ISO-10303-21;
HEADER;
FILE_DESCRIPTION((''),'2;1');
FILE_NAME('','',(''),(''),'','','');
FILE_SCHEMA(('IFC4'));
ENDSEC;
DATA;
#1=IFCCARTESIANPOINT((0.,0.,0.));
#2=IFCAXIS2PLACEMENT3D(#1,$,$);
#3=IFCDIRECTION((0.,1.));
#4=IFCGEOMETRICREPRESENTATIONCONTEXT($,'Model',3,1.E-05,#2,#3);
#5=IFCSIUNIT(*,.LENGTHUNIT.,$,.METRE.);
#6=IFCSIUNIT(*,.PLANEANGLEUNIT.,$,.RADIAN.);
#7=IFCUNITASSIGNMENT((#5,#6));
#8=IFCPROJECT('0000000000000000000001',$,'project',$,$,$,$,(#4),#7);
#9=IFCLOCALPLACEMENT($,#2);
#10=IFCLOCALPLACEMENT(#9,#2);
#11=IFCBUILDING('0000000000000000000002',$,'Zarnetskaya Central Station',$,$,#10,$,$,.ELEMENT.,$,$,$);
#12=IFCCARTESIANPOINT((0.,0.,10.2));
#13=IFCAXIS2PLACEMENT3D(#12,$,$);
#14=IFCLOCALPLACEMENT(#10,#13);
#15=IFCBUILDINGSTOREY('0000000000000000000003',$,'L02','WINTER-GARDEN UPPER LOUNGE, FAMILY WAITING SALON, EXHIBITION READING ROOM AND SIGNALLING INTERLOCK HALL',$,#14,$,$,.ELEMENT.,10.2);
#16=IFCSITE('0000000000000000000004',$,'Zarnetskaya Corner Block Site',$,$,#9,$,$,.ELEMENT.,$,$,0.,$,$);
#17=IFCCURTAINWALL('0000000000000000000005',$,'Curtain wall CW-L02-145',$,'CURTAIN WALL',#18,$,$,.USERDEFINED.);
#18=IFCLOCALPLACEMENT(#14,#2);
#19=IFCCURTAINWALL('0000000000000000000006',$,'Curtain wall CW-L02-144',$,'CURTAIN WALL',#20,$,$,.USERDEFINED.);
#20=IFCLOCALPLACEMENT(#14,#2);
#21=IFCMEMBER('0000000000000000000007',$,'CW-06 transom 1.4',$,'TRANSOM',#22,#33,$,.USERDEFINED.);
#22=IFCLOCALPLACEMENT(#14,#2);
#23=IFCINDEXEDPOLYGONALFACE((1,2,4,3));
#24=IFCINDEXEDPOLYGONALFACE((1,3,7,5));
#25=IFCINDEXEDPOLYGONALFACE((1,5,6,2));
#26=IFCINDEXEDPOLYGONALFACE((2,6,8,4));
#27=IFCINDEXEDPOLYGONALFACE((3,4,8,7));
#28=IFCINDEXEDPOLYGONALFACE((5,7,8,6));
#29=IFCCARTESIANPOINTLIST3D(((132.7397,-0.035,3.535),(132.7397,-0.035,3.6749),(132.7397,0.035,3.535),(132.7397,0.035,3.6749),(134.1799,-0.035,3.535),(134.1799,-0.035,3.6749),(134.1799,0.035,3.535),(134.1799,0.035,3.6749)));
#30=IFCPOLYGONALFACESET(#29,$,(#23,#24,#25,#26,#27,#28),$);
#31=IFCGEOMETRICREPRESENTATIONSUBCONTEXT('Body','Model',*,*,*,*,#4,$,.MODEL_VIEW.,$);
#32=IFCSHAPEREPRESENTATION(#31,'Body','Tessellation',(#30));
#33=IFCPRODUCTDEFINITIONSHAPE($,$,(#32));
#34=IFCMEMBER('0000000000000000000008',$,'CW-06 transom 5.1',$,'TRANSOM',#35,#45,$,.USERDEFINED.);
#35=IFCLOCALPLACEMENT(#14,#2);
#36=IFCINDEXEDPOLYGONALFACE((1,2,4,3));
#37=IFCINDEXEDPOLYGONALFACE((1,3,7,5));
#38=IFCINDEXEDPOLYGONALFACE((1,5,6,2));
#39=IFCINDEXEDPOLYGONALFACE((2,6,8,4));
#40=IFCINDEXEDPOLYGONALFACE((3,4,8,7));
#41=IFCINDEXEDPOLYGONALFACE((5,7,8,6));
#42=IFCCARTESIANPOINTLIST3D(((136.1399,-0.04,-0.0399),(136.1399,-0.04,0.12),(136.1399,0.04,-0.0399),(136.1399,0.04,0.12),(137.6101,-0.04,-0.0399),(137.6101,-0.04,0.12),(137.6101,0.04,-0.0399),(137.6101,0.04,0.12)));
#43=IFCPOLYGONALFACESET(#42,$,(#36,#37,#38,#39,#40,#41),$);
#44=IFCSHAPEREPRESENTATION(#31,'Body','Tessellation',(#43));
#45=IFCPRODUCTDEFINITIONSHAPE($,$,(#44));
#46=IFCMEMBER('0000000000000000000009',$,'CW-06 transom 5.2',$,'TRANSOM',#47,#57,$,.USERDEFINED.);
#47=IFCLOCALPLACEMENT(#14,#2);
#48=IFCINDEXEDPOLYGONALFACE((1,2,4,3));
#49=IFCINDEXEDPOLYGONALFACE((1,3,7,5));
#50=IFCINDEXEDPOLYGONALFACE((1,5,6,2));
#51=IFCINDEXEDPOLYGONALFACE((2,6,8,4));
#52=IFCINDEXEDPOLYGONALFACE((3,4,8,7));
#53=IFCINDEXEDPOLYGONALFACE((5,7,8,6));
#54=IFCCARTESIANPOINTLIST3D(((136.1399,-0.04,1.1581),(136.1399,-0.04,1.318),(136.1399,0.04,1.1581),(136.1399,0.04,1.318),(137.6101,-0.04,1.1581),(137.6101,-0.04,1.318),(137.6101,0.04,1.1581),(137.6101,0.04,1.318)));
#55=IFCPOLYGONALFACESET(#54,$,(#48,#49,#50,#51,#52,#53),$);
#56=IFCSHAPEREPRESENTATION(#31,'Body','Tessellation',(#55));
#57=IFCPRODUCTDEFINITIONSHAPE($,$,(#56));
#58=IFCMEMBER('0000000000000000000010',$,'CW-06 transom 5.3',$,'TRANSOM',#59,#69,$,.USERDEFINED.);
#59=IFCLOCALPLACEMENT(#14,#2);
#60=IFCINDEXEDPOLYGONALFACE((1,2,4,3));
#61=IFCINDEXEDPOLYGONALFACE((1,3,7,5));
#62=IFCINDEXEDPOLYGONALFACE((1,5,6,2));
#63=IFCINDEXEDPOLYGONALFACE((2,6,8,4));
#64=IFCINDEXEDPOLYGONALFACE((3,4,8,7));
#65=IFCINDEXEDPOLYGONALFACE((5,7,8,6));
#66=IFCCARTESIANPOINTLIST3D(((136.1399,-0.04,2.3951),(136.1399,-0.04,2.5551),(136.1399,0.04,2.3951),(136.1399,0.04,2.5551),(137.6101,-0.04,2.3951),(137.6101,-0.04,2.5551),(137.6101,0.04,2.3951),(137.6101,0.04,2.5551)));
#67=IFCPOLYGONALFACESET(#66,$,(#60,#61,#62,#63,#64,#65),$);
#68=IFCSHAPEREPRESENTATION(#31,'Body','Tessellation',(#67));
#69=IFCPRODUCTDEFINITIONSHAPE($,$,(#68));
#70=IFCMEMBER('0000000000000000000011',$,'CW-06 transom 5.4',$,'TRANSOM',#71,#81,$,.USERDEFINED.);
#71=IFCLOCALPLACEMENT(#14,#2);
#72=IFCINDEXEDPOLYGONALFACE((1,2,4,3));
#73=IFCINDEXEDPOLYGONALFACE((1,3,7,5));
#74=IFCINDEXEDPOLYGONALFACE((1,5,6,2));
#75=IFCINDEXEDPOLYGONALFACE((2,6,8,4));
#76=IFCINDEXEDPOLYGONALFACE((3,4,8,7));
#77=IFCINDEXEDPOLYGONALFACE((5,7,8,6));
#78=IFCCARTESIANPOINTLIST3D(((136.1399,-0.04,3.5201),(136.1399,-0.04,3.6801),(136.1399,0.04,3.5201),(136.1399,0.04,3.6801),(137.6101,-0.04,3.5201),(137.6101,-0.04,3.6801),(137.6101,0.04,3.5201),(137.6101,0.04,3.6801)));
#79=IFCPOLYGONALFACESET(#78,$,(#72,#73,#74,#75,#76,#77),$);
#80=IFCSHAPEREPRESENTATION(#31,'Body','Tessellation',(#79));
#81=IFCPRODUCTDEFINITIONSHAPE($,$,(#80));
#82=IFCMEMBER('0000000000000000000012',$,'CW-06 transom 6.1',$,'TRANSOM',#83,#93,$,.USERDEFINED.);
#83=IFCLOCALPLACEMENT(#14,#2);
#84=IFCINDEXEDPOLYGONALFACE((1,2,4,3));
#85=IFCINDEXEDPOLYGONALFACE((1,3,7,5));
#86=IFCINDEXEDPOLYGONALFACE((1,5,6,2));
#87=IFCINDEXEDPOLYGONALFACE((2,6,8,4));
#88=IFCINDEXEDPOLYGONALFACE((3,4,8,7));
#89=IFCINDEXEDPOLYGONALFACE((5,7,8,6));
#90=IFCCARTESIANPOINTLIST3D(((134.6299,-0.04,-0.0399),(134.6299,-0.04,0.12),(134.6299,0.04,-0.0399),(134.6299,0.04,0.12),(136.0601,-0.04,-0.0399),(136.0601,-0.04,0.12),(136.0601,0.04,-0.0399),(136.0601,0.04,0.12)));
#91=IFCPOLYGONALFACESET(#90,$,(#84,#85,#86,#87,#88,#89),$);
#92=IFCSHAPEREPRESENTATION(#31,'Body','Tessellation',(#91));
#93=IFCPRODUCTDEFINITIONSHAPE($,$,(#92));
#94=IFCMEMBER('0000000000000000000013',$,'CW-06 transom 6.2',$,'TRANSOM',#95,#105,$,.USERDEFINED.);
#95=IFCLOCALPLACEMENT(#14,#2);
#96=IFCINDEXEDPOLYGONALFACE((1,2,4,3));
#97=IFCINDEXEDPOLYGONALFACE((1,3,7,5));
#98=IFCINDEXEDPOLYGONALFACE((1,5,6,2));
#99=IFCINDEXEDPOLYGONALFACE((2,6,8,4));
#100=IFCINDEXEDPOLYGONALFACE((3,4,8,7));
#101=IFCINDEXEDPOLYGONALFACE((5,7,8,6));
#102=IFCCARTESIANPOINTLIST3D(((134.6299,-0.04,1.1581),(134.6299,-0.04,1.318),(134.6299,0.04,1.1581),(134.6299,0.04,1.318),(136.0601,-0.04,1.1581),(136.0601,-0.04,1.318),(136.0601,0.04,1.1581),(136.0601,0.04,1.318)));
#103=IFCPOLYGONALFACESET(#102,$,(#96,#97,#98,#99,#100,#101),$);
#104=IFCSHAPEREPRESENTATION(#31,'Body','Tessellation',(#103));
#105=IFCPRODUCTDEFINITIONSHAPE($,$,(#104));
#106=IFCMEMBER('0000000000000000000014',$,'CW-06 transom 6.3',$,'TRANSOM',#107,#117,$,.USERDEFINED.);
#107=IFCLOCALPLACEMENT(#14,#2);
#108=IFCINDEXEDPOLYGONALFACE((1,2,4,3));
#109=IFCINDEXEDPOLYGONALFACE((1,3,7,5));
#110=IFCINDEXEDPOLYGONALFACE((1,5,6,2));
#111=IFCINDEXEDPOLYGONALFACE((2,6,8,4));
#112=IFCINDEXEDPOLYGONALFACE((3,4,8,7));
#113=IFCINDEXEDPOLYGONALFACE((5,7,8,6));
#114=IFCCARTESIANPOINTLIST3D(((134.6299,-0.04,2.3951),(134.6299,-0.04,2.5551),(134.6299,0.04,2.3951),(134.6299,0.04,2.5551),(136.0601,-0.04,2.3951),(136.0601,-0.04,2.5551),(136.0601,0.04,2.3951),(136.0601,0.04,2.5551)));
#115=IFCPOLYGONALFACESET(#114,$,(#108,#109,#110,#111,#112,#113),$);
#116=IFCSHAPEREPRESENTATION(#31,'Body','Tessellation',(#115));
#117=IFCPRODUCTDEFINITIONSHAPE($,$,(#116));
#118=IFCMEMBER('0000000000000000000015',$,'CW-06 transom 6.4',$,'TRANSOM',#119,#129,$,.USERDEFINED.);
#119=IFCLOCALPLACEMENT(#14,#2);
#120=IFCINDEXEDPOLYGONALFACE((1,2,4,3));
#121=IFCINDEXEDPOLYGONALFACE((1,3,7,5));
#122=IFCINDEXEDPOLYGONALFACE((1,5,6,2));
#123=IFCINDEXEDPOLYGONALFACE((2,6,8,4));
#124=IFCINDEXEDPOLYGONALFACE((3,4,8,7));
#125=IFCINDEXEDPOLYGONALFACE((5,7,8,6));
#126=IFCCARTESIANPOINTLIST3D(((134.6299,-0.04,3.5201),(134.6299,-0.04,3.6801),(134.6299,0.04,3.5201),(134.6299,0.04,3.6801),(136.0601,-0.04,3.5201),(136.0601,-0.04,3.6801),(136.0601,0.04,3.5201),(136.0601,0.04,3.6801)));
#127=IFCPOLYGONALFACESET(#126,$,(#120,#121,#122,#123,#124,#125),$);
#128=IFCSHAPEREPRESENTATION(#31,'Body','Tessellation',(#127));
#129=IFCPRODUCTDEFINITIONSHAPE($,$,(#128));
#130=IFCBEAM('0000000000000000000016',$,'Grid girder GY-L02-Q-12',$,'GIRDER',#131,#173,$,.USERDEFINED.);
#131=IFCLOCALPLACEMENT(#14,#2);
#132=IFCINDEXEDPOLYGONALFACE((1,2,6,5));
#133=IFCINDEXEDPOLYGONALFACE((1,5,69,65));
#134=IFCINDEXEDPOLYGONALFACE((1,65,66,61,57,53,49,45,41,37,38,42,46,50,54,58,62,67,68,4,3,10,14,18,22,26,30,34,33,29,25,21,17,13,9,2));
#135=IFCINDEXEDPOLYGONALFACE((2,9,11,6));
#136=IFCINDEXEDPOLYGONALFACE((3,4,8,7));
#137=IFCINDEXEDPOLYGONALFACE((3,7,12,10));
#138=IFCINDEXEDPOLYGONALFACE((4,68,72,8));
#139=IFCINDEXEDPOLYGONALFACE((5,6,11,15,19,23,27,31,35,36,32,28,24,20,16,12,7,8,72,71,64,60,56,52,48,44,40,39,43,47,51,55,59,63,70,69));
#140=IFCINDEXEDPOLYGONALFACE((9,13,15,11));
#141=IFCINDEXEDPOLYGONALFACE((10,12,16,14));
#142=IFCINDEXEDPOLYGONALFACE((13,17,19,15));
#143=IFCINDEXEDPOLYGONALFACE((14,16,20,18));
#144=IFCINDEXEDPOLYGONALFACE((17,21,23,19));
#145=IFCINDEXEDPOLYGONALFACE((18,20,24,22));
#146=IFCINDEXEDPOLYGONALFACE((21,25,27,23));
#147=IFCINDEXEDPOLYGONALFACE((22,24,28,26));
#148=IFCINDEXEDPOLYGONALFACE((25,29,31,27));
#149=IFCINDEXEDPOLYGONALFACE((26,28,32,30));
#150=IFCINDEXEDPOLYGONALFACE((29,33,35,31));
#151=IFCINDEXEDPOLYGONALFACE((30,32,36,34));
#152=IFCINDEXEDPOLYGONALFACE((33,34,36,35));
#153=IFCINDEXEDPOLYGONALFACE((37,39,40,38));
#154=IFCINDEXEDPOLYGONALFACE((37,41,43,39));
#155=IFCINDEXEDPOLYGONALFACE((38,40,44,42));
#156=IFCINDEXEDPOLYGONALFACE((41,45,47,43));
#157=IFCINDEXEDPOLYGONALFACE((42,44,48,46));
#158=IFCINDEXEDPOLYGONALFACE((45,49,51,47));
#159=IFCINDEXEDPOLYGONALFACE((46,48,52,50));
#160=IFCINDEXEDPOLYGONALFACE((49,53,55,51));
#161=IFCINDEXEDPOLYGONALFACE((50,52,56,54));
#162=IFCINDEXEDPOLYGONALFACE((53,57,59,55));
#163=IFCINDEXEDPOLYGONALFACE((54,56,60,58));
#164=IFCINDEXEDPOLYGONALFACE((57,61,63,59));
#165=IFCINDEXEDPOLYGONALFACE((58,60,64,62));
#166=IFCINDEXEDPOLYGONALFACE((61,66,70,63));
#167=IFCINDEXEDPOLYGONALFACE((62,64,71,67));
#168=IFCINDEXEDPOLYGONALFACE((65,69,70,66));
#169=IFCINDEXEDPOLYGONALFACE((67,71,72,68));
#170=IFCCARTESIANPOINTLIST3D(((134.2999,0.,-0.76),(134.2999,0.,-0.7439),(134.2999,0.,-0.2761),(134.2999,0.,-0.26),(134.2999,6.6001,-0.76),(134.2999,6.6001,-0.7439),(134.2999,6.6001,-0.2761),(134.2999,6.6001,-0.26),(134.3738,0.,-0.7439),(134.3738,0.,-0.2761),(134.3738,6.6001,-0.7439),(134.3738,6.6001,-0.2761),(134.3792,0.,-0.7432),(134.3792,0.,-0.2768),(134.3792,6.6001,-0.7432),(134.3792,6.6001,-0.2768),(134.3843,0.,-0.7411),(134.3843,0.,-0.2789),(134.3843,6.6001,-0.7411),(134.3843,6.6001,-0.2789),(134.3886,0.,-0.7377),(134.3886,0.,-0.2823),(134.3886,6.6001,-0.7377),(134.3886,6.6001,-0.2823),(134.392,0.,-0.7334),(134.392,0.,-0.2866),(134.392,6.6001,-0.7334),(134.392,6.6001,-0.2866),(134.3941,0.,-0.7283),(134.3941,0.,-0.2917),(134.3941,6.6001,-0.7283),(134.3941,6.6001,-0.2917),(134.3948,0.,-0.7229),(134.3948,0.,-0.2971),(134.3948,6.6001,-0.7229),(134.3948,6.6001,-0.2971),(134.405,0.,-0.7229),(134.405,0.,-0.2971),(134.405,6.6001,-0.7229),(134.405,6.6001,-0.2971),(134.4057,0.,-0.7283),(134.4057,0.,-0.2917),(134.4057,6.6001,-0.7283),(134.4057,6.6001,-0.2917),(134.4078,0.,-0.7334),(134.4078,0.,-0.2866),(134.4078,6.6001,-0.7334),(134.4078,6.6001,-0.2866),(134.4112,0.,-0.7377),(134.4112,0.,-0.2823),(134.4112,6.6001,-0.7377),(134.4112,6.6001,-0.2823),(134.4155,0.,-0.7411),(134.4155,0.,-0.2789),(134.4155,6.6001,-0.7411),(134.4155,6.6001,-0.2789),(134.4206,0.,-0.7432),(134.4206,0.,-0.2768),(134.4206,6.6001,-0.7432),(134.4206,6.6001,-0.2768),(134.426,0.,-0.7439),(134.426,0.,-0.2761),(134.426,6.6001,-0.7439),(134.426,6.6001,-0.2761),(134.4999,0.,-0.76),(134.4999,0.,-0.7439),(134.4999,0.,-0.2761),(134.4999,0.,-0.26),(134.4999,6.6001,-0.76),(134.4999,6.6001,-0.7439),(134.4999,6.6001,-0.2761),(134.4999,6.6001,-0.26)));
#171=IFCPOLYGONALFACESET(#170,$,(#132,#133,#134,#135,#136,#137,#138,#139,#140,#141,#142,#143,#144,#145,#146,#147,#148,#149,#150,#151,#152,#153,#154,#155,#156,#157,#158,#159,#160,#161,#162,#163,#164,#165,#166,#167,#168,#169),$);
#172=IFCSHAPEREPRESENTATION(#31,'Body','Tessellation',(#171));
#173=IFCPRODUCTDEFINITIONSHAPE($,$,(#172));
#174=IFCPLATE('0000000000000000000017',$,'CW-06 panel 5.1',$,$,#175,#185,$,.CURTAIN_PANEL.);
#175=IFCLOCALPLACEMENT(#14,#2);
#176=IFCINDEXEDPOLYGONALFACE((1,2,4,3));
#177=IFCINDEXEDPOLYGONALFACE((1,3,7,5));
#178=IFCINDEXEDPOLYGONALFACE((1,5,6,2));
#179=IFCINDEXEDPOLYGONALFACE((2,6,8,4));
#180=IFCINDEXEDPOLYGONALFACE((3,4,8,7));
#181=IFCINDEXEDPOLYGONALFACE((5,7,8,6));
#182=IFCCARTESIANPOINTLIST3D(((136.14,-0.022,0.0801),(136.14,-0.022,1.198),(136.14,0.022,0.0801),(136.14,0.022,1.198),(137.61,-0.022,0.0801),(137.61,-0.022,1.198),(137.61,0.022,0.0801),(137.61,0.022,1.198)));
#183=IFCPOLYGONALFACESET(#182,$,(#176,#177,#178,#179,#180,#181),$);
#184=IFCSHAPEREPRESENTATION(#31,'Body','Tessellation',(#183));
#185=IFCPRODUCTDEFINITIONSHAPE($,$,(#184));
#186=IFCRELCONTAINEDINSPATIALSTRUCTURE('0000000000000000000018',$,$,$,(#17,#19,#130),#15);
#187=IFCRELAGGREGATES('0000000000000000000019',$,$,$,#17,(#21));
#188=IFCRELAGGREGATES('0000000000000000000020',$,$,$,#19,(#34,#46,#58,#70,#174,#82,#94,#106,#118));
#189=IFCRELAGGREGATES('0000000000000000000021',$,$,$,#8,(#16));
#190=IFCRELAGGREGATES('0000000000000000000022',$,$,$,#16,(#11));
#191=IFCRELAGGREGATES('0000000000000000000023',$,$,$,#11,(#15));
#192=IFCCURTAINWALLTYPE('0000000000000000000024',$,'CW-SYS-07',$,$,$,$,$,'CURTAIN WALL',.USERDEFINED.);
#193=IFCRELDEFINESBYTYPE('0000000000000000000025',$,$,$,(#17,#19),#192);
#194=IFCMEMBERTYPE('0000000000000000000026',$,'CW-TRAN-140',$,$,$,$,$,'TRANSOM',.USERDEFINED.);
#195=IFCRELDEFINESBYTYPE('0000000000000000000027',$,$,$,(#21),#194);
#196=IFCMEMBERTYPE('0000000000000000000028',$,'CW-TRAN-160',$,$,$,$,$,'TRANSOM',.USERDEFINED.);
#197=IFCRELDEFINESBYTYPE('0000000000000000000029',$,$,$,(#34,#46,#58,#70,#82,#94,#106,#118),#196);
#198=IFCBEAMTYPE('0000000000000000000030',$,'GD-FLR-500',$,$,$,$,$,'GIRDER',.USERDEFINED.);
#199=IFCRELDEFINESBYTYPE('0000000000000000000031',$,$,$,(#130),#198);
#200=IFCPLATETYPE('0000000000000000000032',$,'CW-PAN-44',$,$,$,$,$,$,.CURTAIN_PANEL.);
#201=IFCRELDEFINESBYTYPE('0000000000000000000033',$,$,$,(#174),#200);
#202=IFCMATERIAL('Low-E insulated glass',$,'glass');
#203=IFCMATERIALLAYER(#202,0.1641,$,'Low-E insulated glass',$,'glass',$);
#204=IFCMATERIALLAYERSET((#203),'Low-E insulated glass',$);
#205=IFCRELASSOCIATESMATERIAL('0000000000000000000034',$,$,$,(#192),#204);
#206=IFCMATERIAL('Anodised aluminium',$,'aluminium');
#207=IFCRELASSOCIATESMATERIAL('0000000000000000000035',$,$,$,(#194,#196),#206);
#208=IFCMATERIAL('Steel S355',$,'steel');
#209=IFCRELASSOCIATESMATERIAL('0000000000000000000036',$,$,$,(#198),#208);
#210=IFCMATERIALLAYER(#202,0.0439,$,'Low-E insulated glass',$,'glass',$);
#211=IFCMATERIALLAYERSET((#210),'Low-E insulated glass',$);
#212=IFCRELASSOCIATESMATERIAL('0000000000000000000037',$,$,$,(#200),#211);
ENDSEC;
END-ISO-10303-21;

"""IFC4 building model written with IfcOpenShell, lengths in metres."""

from ifc_helpers import new_model, si_unit, direction, frame, origin, origin_2d, place, context, subcontext, project, spatial, rectangle, i_section, extrude, material, layer, layer_set, material_profile, profile_set, type_object, element, aggregate, save


model = new_model("IFC4")

# Units and contexts
model_context = context("Model", 3, precision=1e-05, world=origin(), true_north=direction((0.0, 1.0)))
body_context = subcontext(model_context, "Body", "Model", "MODEL_VIEW")
ifc_project = project(units=[si_unit("LENGTHUNIT", "METRE"), si_unit("PLANEANGLEUNIT", "RADIAN")], contexts=[model_context])

# Site, building, storey
site_placement = place(None, origin())
site = spatial("IfcSite", under=ifc_project, at=site_placement, Name="Zarnetskaya Corner Block Site", CompositionType="ELEMENT", RefElevation=0.0)
building_placement = place(site_placement, origin())
building = spatial("IfcBuilding", under=site, at=building_placement, Name="Zarnetskaya Central Station", CompositionType="ELEMENT")
storey_placement = place(building_placement, frame((0.0, 0.0, 10.2)))
storey = spatial("IfcBuildingStorey", under=building, at=storey_placement, Name="L02", Description="WINTER-GARDEN UPPER LOUNGE, FAMILY WAITING SALON, EXHIBITION READING ROOM AND SIGNALLING INTERLOCK HALL", CompositionType="ELEMENT", Elevation=10.2)

# Shared definitions
ifc_material_1 = material(Name="Steel S355", Category="steel")

# Curtain wall
ifc_material_2 = material(Name="Low-E insulated glass", Category="glass")
ifc_layer_1 = layer(ifc_material_2, 0.1641, Name="Low-E insulated glass", Category="glass")
ifc_layer_set_1 = layer_set([ifc_layer_1], Name="Low-E insulated glass")
curtain_wall_type = type_object("IfcCurtainWallType", Name="CW-SYS-07", ElementType="CURTAIN WALL", PredefinedType="USERDEFINED", material=ifc_layer_set_1)
curtain_wall_1_placement = place(storey_placement, origin())
curtain_wall_1 = element("IfcCurtainWall", 1, at=curtain_wall_1_placement, inside=storey, type_object=curtain_wall_type, Name="Curtain wall CW-L02-145", ObjectType="CURTAIN WALL", PredefinedType="USERDEFINED")
ifc_material_3 = material(Name="Anodised aluminium", Category="aluminium")

# Curtain wall
curtain_wall_2_placement = place(storey_placement, origin())
curtain_wall_2 = element("IfcCurtainWall", 2, at=curtain_wall_2_placement, inside=storey, type_object=curtain_wall_type, Name="Curtain wall CW-L02-144", ObjectType="CURTAIN WALL", PredefinedType="USERDEFINED")

# Members
ifc_material_profile_1 = material_profile(ifc_material_3, rectangle(XDim=0.0701, YDim=0.1399, at=origin_2d()), Name="ALU TRAN 70x140")
ifc_profile_set_1 = profile_set([ifc_material_profile_1], Name="Anodised aluminium")
member_type_1 = type_object("IfcMemberType", Name="CW-TRAN-140", ElementType="TRANSOM", PredefinedType="USERDEFINED", material=ifc_profile_set_1)
member_1_placement = place(storey_placement, frame((134.1799, 0.0, 3.605), z_axis=(-1.0, 0.0, 0.0), x_axis=(0.0, -1.0, 0.0)))
member_1 = element("IfcMember", 3, at=member_1_placement, type_object=member_type_1, Name="CW-06 transom 1.4", ObjectType="TRANSOM", PredefinedType="USERDEFINED", context=body_context, shape_type="SweptSolid", body=[
    extrude(rectangle(XDim=0.0701, YDim=0.1399, at=origin_2d()), origin(), (0.0, 0.0, 1.0), 1.4402),
])
aggregate(curtain_wall_1, [member_1])
ifc_material_profile_2 = material_profile(ifc_material_3, rectangle(XDim=0.0801, YDim=0.1599, at=origin_2d()), Name="ALU TRAN 80x160")
ifc_profile_set_2 = profile_set([ifc_material_profile_2], Name="Anodised aluminium")
member_type_2 = type_object("IfcMemberType", Name="CW-TRAN-160", ElementType="TRANSOM", PredefinedType="USERDEFINED", material=ifc_profile_set_2)
member_2_placement = place(storey_placement, frame((137.6101, 0.0, 0.04), z_axis=(-1.0, 0.0, 0.0), x_axis=(0.0, -1.0, 0.0)))
member_2 = element("IfcMember", 4, at=member_2_placement, type_object=member_type_2, Name="CW-06 transom 5.1", ObjectType="TRANSOM", PredefinedType="USERDEFINED", context=body_context, shape_type="SweptSolid", body=[
    extrude(rectangle(XDim=0.0801, YDim=0.1599, at=origin_2d()), origin(), (0.0, 0.0, 1.0), 1.4702),
])
member_3_placement = place(storey_placement, frame((137.6101, 0.0, 1.238), z_axis=(-1.0, 0.0, 0.0), x_axis=(0.0, -1.0, 0.0)))
member_3 = element("IfcMember", 5, at=member_3_placement, type_object=member_type_2, Name="CW-06 transom 5.2", ObjectType="TRANSOM", PredefinedType="USERDEFINED", context=body_context, shape_type="SweptSolid", body=[
    extrude(rectangle(XDim=0.0801, YDim=0.1599, at=origin_2d()), origin(), (0.0, 0.0, 1.0), 1.4702),
])
member_4_placement = place(storey_placement, frame((137.6101, 0.0, 2.4751), z_axis=(-1.0, 0.0, 0.0), x_axis=(0.0, -1.0, 0.0)))
member_4 = element("IfcMember", 6, at=member_4_placement, type_object=member_type_2, Name="CW-06 transom 5.3", ObjectType="TRANSOM", PredefinedType="USERDEFINED", context=body_context, shape_type="SweptSolid", body=[
    extrude(rectangle(XDim=0.0801, YDim=0.1599, at=origin_2d()), origin(), (0.0, 0.0, 1.0), 1.4702),
])
member_5_placement = place(storey_placement, frame((137.6101, 0.0, 3.6001), z_axis=(-1.0, 0.0, 0.0), x_axis=(0.0, -1.0, 0.0)))
member_5 = element("IfcMember", 7, at=member_5_placement, type_object=member_type_2, Name="CW-06 transom 5.4", ObjectType="TRANSOM", PredefinedType="USERDEFINED", context=body_context, shape_type="SweptSolid", body=[
    extrude(rectangle(XDim=0.0801, YDim=0.1599, at=origin_2d()), origin(), (0.0, 0.0, 1.0), 1.4702),
])
member_6_placement = place(storey_placement, frame((136.0601, 0.0, 0.04), z_axis=(-1.0, 0.0, 0.0), x_axis=(0.0, -1.0, 0.0)))
member_6 = element("IfcMember", 8, at=member_6_placement, type_object=member_type_2, Name="CW-06 transom 6.1", ObjectType="TRANSOM", PredefinedType="USERDEFINED", context=body_context, shape_type="SweptSolid", body=[
    extrude(rectangle(XDim=0.0801, YDim=0.1599, at=origin_2d()), origin(), (0.0, 0.0, 1.0), 1.4302),
])
member_7_placement = place(storey_placement, frame((136.0601, 0.0, 1.238), z_axis=(-1.0, 0.0, 0.0), x_axis=(0.0, -1.0, 0.0)))
member_7 = element("IfcMember", 9, at=member_7_placement, type_object=member_type_2, Name="CW-06 transom 6.2", ObjectType="TRANSOM", PredefinedType="USERDEFINED", context=body_context, shape_type="SweptSolid", body=[
    extrude(rectangle(XDim=0.0801, YDim=0.1599, at=origin_2d()), origin(), (0.0, 0.0, 1.0), 1.4302),
])
member_8_placement = place(storey_placement, frame((136.0601, 0.0, 2.4751), z_axis=(-1.0, 0.0, 0.0), x_axis=(0.0, -1.0, 0.0)))
member_8 = element("IfcMember", 10, at=member_8_placement, type_object=member_type_2, Name="CW-06 transom 6.3", ObjectType="TRANSOM", PredefinedType="USERDEFINED", context=body_context, shape_type="SweptSolid", body=[
    extrude(rectangle(XDim=0.0801, YDim=0.1599, at=origin_2d()), origin(), (0.0, 0.0, 1.0), 1.4302),
])
member_9_placement = place(storey_placement, frame((136.0601, 0.0, 3.6001), z_axis=(-1.0, 0.0, 0.0), x_axis=(0.0, -1.0, 0.0)))
member_9 = element("IfcMember", 11, at=member_9_placement, type_object=member_type_2, Name="CW-06 transom 6.4", ObjectType="TRANSOM", PredefinedType="USERDEFINED", context=body_context, shape_type="SweptSolid", body=[
    extrude(rectangle(XDim=0.0801, YDim=0.1599, at=origin_2d()), origin(), (0.0, 0.0, 1.0), 1.4302),
])

# Beam
ifc_material_profile_3 = material_profile(ifc_material_1, i_section(OverallWidth=0.2, OverallDepth=0.5, WebThickness=0.0103, FlangeThickness=0.0161, FilletRadius=0.021, at=origin_2d()), Name="IPE 500")
ifc_profile_set_3 = profile_set([ifc_material_profile_3], Name="Steel S355")
beam_type_1 = type_object("IfcBeamType", Name="GD-FLR-500", ElementType="GIRDER", PredefinedType="USERDEFINED", material=ifc_profile_set_3)
beam_1_placement = place(storey_placement, frame((134.3999, 0.0, -0.51), z_axis=(0.0, 1.0, 0.0), x_axis=(-1.0, 0.0, 0.0)))
element("IfcBeam", 12, at=beam_1_placement, inside=storey, type_object=beam_type_1, Name="Grid girder GY-L02-Q-12", ObjectType="GIRDER", PredefinedType="USERDEFINED", context=body_context, shape_type="SweptSolid", body=[
    extrude(i_section(OverallWidth=0.2, OverallDepth=0.5, WebThickness=0.0103, FlangeThickness=0.0161, FilletRadius=0.021, at=origin_2d()), origin(), (0.0, 0.0, 1.0), 6.6001),
])

# Plate
ifc_layer_2 = layer(ifc_material_2, 0.0439, Name="Low-E insulated glass", Category="glass")
ifc_layer_set_2 = layer_set([ifc_layer_2], Name="Low-E insulated glass")
plate_type = type_object("IfcPlateType", Name="CW-PAN-44", PredefinedType="CURTAIN_PANEL", material=ifc_layer_set_2)
plate_1_placement = place(storey_placement, frame((136.875, 0.0, 0.0801), z_axis=(0.0, 0.0, 1.0), x_axis=(-1.0, 0.0, 0.0)))
plate_1 = element("IfcPlate", 13, at=plate_1_placement, type_object=plate_type, Name="CW-06 panel 5.1", PredefinedType="CURTAIN_PANEL", context=body_context, shape_type="SweptSolid", body=[
    extrude(rectangle(XDim=1.47, YDim=0.0439, at=origin_2d()), origin(), (0.0, 0.0, 1.0), 1.1179),
])
aggregate(curtain_wall_2, [member_2, member_3, member_4, member_5, plate_1, member_6, member_7, member_8, member_9])

save(model, "model.ifc")
